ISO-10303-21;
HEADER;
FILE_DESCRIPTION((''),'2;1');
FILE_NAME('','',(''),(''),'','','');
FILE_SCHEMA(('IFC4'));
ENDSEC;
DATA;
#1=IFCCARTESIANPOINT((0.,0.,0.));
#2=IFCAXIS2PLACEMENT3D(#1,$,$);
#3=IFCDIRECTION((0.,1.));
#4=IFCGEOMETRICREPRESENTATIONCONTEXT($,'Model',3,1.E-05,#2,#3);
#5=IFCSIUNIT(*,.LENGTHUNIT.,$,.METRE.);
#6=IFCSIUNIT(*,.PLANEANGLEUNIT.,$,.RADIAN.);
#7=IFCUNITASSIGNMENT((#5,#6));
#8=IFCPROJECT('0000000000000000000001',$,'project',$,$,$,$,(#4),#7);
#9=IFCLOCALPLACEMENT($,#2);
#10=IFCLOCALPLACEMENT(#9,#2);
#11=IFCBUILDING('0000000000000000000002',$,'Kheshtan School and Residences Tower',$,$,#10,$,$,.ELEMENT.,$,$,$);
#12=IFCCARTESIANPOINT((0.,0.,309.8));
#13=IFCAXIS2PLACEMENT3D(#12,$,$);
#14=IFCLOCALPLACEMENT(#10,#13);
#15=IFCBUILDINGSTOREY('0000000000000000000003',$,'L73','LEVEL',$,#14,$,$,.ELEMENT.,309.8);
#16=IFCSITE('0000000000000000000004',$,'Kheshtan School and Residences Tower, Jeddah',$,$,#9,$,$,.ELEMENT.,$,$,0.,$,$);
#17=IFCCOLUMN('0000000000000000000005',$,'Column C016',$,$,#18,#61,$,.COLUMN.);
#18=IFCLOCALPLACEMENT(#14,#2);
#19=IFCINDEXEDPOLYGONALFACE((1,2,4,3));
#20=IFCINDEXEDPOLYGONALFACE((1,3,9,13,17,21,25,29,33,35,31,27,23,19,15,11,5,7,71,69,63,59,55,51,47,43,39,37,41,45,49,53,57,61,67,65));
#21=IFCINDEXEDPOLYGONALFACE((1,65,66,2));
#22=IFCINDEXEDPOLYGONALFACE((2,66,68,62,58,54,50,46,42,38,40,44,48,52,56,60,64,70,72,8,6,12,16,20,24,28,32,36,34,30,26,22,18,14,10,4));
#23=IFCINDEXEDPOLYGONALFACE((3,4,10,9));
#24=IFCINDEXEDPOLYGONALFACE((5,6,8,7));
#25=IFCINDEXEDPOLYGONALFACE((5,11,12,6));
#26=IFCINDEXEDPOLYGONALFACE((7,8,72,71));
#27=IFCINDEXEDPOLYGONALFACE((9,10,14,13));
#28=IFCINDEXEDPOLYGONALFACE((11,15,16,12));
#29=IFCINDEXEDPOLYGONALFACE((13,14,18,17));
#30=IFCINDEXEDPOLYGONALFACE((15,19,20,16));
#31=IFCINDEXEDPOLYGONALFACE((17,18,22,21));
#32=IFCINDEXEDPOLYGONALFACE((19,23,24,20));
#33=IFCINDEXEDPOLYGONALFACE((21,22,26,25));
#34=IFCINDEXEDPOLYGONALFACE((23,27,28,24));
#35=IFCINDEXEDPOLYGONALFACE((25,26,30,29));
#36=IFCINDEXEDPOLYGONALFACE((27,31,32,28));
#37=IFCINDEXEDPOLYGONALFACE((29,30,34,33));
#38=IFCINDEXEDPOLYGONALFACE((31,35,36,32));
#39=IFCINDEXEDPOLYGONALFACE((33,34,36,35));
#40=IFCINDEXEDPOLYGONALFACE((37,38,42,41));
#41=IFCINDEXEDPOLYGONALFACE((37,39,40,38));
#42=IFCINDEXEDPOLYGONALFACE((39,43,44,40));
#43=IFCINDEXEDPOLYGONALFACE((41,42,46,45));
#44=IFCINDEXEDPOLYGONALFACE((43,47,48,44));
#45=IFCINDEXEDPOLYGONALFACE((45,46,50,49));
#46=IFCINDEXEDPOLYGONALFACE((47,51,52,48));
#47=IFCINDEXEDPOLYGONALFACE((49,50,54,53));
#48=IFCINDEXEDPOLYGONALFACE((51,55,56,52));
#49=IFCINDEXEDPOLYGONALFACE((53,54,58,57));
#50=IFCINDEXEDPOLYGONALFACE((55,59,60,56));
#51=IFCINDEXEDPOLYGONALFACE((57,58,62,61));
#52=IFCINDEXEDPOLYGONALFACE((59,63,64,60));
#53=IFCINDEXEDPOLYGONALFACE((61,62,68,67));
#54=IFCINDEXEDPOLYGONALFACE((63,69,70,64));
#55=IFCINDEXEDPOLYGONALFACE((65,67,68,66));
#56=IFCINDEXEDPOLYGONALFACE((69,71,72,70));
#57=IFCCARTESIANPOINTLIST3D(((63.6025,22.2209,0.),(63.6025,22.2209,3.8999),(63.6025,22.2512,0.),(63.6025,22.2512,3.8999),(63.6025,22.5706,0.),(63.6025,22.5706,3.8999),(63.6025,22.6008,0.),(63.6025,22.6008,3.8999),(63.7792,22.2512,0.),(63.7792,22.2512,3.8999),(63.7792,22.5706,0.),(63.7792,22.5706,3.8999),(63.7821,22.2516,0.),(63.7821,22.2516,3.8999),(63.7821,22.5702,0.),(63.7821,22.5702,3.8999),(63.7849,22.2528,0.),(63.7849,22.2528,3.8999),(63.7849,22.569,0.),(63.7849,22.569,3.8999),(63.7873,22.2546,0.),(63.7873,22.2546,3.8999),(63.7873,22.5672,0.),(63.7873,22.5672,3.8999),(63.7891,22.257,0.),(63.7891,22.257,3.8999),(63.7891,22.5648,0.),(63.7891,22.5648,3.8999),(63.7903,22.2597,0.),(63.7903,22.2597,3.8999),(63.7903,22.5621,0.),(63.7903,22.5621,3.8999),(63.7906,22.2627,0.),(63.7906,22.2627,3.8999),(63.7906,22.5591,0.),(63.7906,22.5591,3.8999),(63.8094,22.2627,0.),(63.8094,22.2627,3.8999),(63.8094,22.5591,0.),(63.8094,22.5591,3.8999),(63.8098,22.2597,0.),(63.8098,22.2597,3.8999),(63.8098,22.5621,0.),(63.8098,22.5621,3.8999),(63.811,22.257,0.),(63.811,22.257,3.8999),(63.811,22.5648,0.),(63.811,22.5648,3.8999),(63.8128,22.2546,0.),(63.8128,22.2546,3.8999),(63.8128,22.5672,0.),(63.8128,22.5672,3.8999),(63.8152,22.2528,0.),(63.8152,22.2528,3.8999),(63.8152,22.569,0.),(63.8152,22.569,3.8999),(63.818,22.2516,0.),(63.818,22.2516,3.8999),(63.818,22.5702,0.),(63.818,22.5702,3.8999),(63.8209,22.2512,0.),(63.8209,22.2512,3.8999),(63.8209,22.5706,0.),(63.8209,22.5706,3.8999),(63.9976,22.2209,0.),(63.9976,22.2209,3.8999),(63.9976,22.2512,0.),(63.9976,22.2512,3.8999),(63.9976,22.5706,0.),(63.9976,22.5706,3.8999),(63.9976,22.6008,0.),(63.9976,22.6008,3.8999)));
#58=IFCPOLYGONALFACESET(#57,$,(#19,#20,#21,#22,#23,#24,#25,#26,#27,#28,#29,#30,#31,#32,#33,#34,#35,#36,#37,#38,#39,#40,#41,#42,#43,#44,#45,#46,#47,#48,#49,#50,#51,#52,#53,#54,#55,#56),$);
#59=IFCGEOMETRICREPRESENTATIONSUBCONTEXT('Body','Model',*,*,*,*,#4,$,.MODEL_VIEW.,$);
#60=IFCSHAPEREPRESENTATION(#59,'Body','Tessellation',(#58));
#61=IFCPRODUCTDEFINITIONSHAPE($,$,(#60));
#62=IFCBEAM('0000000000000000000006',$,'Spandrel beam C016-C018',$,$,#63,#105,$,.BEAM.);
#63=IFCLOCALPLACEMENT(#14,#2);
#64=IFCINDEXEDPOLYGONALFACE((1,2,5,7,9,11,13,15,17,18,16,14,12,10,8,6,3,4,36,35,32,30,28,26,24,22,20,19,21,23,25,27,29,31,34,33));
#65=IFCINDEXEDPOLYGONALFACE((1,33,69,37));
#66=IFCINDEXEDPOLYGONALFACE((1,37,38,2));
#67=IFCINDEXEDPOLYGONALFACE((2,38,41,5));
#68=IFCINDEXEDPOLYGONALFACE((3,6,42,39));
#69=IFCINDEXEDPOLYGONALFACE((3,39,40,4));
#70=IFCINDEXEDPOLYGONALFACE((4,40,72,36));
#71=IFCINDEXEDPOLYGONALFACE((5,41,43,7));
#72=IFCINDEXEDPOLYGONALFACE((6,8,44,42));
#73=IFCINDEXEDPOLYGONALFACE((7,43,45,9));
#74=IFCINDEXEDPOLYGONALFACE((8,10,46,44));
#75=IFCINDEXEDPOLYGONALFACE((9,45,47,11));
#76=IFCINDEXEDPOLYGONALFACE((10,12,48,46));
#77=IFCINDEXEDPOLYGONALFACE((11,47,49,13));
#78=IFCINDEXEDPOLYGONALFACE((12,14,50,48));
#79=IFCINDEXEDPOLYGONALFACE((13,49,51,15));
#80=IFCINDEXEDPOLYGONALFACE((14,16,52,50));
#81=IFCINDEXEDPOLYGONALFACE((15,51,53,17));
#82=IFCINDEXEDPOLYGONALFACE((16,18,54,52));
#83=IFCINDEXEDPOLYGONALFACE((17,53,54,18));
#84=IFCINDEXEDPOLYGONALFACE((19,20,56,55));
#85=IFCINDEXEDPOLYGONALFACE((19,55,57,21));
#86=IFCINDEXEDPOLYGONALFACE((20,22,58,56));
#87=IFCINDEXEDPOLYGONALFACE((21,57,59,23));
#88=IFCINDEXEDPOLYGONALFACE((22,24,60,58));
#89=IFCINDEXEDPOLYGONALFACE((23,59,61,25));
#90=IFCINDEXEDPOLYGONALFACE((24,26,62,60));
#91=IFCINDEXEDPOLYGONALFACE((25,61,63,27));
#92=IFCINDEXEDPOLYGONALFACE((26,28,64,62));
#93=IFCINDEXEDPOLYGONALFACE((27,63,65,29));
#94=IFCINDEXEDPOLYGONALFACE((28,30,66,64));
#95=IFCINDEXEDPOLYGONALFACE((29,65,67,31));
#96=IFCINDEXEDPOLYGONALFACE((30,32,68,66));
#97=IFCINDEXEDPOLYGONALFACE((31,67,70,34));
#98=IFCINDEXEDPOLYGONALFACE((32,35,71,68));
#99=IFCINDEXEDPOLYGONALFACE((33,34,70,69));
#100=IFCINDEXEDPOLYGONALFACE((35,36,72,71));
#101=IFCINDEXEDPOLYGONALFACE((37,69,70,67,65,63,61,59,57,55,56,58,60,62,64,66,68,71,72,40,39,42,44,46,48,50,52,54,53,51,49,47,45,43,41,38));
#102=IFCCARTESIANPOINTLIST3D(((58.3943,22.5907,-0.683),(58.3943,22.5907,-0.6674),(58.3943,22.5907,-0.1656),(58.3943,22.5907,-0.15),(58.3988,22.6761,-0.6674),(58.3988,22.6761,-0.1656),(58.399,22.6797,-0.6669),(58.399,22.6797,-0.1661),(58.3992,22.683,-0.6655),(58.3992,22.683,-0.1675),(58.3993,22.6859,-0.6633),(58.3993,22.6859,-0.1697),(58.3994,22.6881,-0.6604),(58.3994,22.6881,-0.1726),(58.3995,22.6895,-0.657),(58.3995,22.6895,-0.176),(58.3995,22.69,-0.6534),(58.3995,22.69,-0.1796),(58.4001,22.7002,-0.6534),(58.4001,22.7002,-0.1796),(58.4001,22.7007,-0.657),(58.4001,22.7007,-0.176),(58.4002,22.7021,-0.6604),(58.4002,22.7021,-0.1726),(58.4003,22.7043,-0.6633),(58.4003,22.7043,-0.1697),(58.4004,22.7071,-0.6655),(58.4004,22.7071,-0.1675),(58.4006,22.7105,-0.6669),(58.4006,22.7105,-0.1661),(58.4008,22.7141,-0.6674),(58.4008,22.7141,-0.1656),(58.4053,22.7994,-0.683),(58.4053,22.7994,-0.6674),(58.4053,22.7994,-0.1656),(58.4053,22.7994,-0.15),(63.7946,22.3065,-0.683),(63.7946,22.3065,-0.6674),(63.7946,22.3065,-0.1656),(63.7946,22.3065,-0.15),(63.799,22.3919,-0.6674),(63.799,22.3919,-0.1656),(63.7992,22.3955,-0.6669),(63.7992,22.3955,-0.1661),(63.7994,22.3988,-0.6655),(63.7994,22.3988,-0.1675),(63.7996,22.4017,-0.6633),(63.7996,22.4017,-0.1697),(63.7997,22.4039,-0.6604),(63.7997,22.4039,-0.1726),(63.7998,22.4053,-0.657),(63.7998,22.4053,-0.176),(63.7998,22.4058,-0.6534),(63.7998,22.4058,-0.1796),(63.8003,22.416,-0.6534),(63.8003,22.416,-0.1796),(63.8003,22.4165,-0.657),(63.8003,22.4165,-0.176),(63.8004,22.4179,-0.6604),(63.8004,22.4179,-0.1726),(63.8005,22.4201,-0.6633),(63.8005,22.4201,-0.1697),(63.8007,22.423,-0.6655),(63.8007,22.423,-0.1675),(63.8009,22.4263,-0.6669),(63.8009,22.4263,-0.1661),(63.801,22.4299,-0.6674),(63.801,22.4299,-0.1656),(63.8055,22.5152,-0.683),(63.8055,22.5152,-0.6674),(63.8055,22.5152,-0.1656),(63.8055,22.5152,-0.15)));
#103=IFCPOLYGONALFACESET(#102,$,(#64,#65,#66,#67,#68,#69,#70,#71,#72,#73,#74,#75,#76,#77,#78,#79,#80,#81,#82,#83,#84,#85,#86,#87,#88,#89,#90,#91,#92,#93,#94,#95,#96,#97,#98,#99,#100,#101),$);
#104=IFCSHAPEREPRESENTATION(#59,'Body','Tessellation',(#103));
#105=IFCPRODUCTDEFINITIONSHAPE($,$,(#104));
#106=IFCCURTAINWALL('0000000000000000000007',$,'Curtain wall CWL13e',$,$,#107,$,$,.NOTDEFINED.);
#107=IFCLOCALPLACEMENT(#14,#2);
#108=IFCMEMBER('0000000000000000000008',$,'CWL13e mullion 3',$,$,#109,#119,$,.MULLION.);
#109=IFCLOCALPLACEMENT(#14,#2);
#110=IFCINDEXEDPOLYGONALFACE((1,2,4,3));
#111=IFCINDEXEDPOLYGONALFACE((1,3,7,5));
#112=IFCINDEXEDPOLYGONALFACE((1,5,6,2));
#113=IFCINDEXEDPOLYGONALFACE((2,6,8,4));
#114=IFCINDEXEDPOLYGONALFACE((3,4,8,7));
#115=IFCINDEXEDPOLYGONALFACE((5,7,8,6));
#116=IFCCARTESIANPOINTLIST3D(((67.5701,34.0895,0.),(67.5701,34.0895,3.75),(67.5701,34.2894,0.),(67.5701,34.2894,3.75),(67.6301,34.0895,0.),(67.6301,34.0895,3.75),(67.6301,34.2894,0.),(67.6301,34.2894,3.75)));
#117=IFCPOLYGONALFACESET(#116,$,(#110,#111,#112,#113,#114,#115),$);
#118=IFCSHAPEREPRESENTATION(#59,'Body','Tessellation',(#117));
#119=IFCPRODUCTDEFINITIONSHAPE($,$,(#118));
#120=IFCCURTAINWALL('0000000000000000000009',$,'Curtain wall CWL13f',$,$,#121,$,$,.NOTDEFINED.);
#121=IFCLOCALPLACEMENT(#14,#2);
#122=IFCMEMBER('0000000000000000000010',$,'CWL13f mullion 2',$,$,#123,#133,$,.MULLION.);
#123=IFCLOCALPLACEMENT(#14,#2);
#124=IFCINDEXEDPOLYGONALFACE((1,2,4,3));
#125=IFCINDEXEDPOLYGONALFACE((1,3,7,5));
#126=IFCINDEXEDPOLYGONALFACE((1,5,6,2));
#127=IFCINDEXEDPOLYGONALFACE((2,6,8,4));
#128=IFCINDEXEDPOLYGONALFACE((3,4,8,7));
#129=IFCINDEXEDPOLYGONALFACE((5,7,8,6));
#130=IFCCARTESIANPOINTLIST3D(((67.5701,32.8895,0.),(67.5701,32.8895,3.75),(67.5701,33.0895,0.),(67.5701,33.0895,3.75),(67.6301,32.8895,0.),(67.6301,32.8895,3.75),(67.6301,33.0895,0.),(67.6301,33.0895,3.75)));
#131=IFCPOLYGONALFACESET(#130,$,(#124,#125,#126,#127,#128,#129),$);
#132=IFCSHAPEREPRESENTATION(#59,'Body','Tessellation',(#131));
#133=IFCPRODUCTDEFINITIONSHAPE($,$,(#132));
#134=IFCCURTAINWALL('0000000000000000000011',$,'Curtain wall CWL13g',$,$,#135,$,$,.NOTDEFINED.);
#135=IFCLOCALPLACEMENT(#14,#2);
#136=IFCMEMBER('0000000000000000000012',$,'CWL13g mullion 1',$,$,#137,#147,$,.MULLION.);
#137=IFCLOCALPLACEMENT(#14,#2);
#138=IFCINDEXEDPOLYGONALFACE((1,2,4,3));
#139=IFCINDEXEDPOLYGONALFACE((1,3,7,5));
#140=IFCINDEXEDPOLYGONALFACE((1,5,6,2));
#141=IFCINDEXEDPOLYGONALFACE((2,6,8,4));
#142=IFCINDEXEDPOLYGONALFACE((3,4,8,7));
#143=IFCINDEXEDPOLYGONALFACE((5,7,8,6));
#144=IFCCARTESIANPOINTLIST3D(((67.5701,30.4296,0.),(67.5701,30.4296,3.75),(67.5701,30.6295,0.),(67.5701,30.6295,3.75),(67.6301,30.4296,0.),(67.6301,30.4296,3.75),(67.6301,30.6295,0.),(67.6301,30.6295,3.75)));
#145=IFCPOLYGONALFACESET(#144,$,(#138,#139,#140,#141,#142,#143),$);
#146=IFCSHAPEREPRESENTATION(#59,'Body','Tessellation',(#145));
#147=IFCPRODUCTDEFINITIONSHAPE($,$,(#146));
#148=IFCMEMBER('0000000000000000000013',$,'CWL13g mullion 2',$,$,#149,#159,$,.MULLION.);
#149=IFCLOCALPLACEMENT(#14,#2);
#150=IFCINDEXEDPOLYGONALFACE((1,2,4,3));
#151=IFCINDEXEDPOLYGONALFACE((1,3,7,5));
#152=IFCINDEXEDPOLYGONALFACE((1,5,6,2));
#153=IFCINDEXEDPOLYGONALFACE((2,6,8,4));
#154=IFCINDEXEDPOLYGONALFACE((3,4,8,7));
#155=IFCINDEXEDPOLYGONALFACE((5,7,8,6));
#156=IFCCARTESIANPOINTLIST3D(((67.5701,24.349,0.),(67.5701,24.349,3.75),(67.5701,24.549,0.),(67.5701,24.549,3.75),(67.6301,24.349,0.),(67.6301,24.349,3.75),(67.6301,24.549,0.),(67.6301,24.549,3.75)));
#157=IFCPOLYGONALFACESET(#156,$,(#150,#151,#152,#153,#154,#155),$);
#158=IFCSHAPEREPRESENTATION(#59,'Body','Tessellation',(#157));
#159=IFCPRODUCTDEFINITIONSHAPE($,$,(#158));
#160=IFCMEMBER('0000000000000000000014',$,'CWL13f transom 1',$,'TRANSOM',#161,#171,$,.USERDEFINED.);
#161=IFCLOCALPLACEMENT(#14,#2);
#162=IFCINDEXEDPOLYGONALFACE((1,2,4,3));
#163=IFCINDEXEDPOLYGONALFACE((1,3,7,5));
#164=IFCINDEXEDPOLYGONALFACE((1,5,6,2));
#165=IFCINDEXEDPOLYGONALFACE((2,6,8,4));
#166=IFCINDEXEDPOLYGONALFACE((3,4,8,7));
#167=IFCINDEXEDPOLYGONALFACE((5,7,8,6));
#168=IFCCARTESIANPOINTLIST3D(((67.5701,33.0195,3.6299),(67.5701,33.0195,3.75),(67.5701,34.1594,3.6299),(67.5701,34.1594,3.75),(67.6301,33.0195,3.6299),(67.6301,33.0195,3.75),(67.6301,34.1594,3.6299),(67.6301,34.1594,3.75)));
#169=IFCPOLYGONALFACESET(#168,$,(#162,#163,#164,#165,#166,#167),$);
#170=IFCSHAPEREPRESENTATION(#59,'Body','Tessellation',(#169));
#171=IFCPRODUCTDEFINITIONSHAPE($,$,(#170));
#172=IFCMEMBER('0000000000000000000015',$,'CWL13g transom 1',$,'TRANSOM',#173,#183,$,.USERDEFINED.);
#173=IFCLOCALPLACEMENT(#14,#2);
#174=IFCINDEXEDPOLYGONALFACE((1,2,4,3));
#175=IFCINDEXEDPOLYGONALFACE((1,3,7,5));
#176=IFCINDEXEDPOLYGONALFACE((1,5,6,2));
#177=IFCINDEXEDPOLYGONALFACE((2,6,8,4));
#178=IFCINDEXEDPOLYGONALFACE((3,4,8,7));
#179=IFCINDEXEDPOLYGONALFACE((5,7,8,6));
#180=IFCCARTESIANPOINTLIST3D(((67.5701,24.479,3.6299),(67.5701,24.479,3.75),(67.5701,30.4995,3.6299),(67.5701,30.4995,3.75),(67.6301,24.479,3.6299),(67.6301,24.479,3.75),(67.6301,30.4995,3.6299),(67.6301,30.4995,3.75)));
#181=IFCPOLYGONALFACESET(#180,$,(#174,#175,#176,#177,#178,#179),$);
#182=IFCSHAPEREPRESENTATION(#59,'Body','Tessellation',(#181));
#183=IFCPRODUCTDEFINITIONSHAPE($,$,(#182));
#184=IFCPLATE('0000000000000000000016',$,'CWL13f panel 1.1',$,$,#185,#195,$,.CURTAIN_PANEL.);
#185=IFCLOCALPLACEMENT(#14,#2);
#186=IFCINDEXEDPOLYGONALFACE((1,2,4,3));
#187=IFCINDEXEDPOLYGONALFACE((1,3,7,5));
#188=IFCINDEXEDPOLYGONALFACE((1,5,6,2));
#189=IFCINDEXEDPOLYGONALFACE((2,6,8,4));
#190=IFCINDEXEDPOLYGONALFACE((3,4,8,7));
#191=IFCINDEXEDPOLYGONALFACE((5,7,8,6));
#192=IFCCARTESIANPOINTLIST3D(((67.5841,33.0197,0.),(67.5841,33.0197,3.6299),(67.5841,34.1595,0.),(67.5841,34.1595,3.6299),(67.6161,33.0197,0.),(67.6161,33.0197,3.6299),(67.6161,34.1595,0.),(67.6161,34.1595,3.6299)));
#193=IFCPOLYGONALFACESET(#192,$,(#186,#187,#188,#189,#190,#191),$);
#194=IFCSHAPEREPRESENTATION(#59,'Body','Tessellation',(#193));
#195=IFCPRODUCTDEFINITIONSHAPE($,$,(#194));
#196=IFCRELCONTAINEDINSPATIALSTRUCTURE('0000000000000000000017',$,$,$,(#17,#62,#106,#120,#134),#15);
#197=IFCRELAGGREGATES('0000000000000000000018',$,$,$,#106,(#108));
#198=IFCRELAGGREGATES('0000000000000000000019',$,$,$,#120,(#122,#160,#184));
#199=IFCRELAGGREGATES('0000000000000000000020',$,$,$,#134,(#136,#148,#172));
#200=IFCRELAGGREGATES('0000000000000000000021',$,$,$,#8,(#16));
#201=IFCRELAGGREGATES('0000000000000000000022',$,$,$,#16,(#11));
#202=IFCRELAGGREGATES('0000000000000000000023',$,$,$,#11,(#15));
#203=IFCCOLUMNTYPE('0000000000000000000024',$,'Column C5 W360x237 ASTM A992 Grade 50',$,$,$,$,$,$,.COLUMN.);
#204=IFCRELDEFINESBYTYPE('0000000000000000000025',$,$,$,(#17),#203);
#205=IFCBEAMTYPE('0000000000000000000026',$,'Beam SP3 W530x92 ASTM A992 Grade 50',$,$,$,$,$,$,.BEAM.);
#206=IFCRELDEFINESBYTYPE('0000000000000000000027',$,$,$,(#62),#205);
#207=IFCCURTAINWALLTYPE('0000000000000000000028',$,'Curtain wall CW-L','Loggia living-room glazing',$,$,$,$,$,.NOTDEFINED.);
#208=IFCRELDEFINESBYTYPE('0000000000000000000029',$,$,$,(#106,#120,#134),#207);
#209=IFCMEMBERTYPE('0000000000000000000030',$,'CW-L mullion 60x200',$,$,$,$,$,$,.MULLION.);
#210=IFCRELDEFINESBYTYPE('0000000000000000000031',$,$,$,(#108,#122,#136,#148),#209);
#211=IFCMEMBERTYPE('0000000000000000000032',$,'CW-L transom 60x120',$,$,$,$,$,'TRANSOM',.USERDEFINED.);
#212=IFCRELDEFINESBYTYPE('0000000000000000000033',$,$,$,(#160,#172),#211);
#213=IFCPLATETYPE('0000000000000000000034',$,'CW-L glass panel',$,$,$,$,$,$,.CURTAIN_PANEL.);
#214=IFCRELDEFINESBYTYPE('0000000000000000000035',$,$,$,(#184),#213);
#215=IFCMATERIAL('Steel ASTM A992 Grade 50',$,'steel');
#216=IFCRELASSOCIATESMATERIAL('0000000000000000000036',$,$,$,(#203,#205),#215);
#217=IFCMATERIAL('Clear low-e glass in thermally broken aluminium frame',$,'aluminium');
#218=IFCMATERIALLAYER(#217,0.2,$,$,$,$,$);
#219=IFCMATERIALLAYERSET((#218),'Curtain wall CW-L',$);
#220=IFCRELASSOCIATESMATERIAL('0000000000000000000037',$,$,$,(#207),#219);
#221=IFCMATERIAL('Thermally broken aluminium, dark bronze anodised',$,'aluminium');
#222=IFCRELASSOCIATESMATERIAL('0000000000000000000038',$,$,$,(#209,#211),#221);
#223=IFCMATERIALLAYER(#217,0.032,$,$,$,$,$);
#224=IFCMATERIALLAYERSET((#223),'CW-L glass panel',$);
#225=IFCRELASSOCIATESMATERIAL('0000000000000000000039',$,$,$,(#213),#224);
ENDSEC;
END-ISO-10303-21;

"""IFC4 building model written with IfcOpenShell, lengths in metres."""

from ifc_helpers import new_model, si_unit, direction, frame, origin, origin_2d, place, context, subcontext, project, spatial, rectangle, i_section, extrude, material, layer, layer_set, material_profile, profile_set, type_object, element, aggregate, save


model = new_model("IFC4")

# Units and contexts
model_context = context("Model", 3, precision=1e-05, world=origin(), true_north=direction((0.0, 1.0)))
body_context = subcontext(model_context, "Body", "Model", "MODEL_VIEW")
ifc_project = project(units=[si_unit("LENGTHUNIT", "METRE"), si_unit("PLANEANGLEUNIT", "RADIAN")], contexts=[model_context])

# Site, building, storey
site_placement = place(None, origin())
site = spatial("IfcSite", under=ifc_project, at=site_placement, Name="Kheshtan School and Residences Tower, Jeddah", CompositionType="ELEMENT", RefElevation=0.0)
building_placement = place(site_placement, origin())
building = spatial("IfcBuilding", under=site, at=building_placement, Name="Kheshtan School and Residences Tower", CompositionType="ELEMENT")
storey_placement = place(building_placement, frame((0.0, 0.0, 309.8)))
storey = spatial("IfcBuildingStorey", under=building, at=storey_placement, Name="L73", Description="LEVEL", CompositionType="ELEMENT", Elevation=309.8)

# Column
ifc_material_1 = material(Name="Steel ASTM A992 Grade 50", Category="steel")
ifc_material_profile_1 = material_profile(ifc_material_1, i_section(OverallWidth=0.395, OverallDepth=0.3799, WebThickness=0.0188, FlangeThickness=0.0303, FilletRadius=0.0115, at=origin_2d()), Name="W360x237")
ifc_profile_set_1 = profile_set([ifc_material_profile_1], Name="Steel ASTM A992 Grade 50")
column_type = type_object("IfcColumnType", Name="Column C5 W360x237 ASTM A992 Grade 50", PredefinedType="COLUMN", material=ifc_profile_set_1)
column_placement = place(storey_placement, frame((63.8, 22.4109, 0.0), z_axis=(0.0, 0.0, 1.0), x_axis=(1.0, 0.0, 0.0)))
element("IfcColumn", 1, at=column_placement, inside=storey, type_object=column_type, Name="Column C016", PredefinedType="COLUMN", context=body_context, shape_type="SweptSolid", body=[
    extrude(i_section(OverallWidth=0.395, OverallDepth=0.3799, WebThickness=0.0188, FlangeThickness=0.0303, FilletRadius=0.0115, at=origin_2d()), origin(), (0.0, 0.0, 1.0), 3.8999),
])

# Beam
ifc_material_profile_2 = material_profile(ifc_material_1, i_section(OverallWidth=0.209, OverallDepth=0.533, WebThickness=0.0103, FlangeThickness=0.0156, FilletRadius=0.0139, at=origin_2d()), Name="W530x92")
ifc_profile_set_2 = profile_set([ifc_material_profile_2], Name="Steel ASTM A992 Grade 50")
beam_type = type_object("IfcBeamType", Name="Beam SP3 W530x92 ASTM A992 Grade 50", PredefinedType="BEAM", material=ifc_profile_set_2)
beam_placement = place(storey_placement, frame((63.8, 22.4109, -0.4165), z_axis=(-0.998618, 0.052552, 0.0), x_axis=(-0.052552, -0.998618, 0.0)))
element("IfcBeam", 2, at=beam_placement, inside=storey, type_object=beam_type, Name="Spandrel beam C016-C018", PredefinedType="BEAM", context=body_context, shape_type="SweptSolid", body=[
    extrude(i_section(OverallWidth=0.209, OverallDepth=0.533, WebThickness=0.0103, FlangeThickness=0.0156, FilletRadius=0.0139, at=origin_2d()), origin(), (0.0, 0.0, 1.0), 5.4077),
])

# Curtain walls, members
ifc_material_2 = material(Name="Clear low-e glass in thermally broken aluminium frame", Category="aluminium")
ifc_layer_1 = layer(ifc_material_2, 0.2)
ifc_layer_set_1 = layer_set([ifc_layer_1], Name="Curtain wall CW-L")
curtain_wall_type = type_object("IfcCurtainWallType", Name="Curtain wall CW-L", Description="Loggia living-room glazing", PredefinedType="NOTDEFINED", material=ifc_layer_set_1)
curtain_wall_1_placement = place(storey_placement, origin())
curtain_wall_1 = element("IfcCurtainWall", 3, at=curtain_wall_1_placement, inside=storey, type_object=curtain_wall_type, Name="Curtain wall CWL13e", PredefinedType="NOTDEFINED")
ifc_material_3 = material(Name="Thermally broken aluminium, dark bronze anodised", Category="aluminium")
ifc_material_profile_3 = material_profile(ifc_material_3, rectangle(XDim=0.0601, YDim=0.2, at=origin_2d()), Name="CW-L mullion 60x200")
ifc_profile_set_3 = profile_set([ifc_material_profile_3], Name="Thermally broken aluminium, dark bronze anodised")
member_type_1 = type_object("IfcMemberType", Name="CW-L mullion 60x200", PredefinedType="MULLION", material=ifc_profile_set_3)
member_1_placement = place(storey_placement, frame((67.6001, 34.1895, 0.0), z_axis=(0.0, 0.0, 1.0), x_axis=(1.0, 0.0, 0.0)))
member_1 = element("IfcMember", 4, at=member_1_placement, type_object=member_type_1, Name="CWL13e mullion 3", PredefinedType="MULLION", context=body_context, shape_type="SweptSolid", body=[
    extrude(rectangle(XDim=0.0601, YDim=0.2, at=origin_2d()), origin(), (0.0, 0.0, 1.0), 3.75),
])
aggregate(curtain_wall_1, [member_1])
curtain_wall_2_placement = place(storey_placement, origin())
curtain_wall_2 = element("IfcCurtainWall", 5, at=curtain_wall_2_placement, inside=storey, type_object=curtain_wall_type, Name="Curtain wall CWL13f", PredefinedType="NOTDEFINED")
member_2_placement = place(storey_placement, frame((67.6001, 32.9895, 0.0), z_axis=(0.0, 0.0, 1.0), x_axis=(1.0, 0.0, 0.0)))
member_2 = element("IfcMember", 6, at=member_2_placement, type_object=member_type_1, Name="CWL13f mullion 2", PredefinedType="MULLION", context=body_context, shape_type="SweptSolid", body=[
    extrude(rectangle(XDim=0.0601, YDim=0.2, at=origin_2d()), origin(), (0.0, 0.0, 1.0), 3.75),
])

# Curtain wall, members
curtain_wall_3_placement = place(storey_placement, origin())
curtain_wall_3 = element("IfcCurtainWall", 7, at=curtain_wall_3_placement, inside=storey, type_object=curtain_wall_type, Name="Curtain wall CWL13g", PredefinedType="NOTDEFINED")
member_3_placement = place(storey_placement, frame((67.6001, 30.5295, 0.0), z_axis=(0.0, 0.0, 1.0), x_axis=(1.0, 0.0, 0.0)))
member_3 = element("IfcMember", 8, at=member_3_placement, type_object=member_type_1, Name="CWL13g mullion 1", PredefinedType="MULLION", context=body_context, shape_type="SweptSolid", body=[
    extrude(rectangle(XDim=0.0601, YDim=0.2, at=origin_2d()), origin(), (0.0, 0.0, 1.0), 3.75),
])
member_4_placement = place(storey_placement, frame((67.6001, 24.449, 0.0), z_axis=(0.0, 0.0, 1.0), x_axis=(1.0, 0.0, 0.0)))
member_4 = element("IfcMember", 9, at=member_4_placement, type_object=member_type_1, Name="CWL13g mullion 2", PredefinedType="MULLION", context=body_context, shape_type="SweptSolid", body=[
    extrude(rectangle(XDim=0.0601, YDim=0.2, at=origin_2d()), origin(), (0.0, 0.0, 1.0), 3.75),
])

# Members
ifc_material_profile_4 = material_profile(ifc_material_3, rectangle(XDim=0.0601, YDim=0.1201, at=origin_2d()), Name="CW-L transom 60x120")
ifc_profile_set_4 = profile_set([ifc_material_profile_4], Name="Thermally broken aluminium, dark bronze anodised")
member_type_2 = type_object("IfcMemberType", Name="CW-L transom 60x120", ElementType="TRANSOM", PredefinedType="USERDEFINED", material=ifc_profile_set_4)
member_5_placement = place(storey_placement, frame((67.6001, 34.1594, 3.6899), z_axis=(0.0, -1.0, 0.0), x_axis=(1.0, 0.0, 0.0)))
member_5 = element("IfcMember", 10, at=member_5_placement, type_object=member_type_2, Name="CWL13f transom 1", ObjectType="TRANSOM", PredefinedType="USERDEFINED", context=body_context, shape_type="SweptSolid", body=[
    extrude(rectangle(XDim=0.0601, YDim=0.1201, at=origin_2d()), origin(), (0.0, 0.0, 1.0), 1.1399),
])
member_6_placement = place(storey_placement, frame((67.6001, 30.4995, 3.6899), z_axis=(0.0, -1.0, 0.0), x_axis=(1.0, 0.0, 0.0)))
member_6 = element("IfcMember", 11, at=member_6_placement, type_object=member_type_2, Name="CWL13g transom 1", ObjectType="TRANSOM", PredefinedType="USERDEFINED", context=body_context, shape_type="SweptSolid", body=[
    extrude(rectangle(XDim=0.0601, YDim=0.1201, at=origin_2d()), origin(), (0.0, 0.0, 1.0), 6.0205),
])

# Plate
ifc_layer_2 = layer(ifc_material_2, 0.032)
ifc_layer_set_2 = layer_set([ifc_layer_2], Name="CW-L glass panel")
plate_type = type_object("IfcPlateType", Name="CW-L glass panel", PredefinedType="CURTAIN_PANEL", material=ifc_layer_set_2)
plate_1_placement = place(storey_placement, frame((67.6001, 33.5896, 0.0), z_axis=(0.0, 0.0, 1.0), x_axis=(0.0, -1.0, 0.0)))
plate_1 = element("IfcPlate", 12, at=plate_1_placement, type_object=plate_type, Name="CWL13f panel 1.1", PredefinedType="CURTAIN_PANEL", context=body_context, shape_type="SweptSolid", body=[
    extrude(rectangle(XDim=1.1399, YDim=0.032, at=origin_2d()), origin(), (0.0, 0.0, 1.0), 3.6299),
])
aggregate(curtain_wall_2, [member_2, member_5, plate_1])
aggregate(curtain_wall_3, [member_3, member_4, member_6])

save(model, "model.ifc")
